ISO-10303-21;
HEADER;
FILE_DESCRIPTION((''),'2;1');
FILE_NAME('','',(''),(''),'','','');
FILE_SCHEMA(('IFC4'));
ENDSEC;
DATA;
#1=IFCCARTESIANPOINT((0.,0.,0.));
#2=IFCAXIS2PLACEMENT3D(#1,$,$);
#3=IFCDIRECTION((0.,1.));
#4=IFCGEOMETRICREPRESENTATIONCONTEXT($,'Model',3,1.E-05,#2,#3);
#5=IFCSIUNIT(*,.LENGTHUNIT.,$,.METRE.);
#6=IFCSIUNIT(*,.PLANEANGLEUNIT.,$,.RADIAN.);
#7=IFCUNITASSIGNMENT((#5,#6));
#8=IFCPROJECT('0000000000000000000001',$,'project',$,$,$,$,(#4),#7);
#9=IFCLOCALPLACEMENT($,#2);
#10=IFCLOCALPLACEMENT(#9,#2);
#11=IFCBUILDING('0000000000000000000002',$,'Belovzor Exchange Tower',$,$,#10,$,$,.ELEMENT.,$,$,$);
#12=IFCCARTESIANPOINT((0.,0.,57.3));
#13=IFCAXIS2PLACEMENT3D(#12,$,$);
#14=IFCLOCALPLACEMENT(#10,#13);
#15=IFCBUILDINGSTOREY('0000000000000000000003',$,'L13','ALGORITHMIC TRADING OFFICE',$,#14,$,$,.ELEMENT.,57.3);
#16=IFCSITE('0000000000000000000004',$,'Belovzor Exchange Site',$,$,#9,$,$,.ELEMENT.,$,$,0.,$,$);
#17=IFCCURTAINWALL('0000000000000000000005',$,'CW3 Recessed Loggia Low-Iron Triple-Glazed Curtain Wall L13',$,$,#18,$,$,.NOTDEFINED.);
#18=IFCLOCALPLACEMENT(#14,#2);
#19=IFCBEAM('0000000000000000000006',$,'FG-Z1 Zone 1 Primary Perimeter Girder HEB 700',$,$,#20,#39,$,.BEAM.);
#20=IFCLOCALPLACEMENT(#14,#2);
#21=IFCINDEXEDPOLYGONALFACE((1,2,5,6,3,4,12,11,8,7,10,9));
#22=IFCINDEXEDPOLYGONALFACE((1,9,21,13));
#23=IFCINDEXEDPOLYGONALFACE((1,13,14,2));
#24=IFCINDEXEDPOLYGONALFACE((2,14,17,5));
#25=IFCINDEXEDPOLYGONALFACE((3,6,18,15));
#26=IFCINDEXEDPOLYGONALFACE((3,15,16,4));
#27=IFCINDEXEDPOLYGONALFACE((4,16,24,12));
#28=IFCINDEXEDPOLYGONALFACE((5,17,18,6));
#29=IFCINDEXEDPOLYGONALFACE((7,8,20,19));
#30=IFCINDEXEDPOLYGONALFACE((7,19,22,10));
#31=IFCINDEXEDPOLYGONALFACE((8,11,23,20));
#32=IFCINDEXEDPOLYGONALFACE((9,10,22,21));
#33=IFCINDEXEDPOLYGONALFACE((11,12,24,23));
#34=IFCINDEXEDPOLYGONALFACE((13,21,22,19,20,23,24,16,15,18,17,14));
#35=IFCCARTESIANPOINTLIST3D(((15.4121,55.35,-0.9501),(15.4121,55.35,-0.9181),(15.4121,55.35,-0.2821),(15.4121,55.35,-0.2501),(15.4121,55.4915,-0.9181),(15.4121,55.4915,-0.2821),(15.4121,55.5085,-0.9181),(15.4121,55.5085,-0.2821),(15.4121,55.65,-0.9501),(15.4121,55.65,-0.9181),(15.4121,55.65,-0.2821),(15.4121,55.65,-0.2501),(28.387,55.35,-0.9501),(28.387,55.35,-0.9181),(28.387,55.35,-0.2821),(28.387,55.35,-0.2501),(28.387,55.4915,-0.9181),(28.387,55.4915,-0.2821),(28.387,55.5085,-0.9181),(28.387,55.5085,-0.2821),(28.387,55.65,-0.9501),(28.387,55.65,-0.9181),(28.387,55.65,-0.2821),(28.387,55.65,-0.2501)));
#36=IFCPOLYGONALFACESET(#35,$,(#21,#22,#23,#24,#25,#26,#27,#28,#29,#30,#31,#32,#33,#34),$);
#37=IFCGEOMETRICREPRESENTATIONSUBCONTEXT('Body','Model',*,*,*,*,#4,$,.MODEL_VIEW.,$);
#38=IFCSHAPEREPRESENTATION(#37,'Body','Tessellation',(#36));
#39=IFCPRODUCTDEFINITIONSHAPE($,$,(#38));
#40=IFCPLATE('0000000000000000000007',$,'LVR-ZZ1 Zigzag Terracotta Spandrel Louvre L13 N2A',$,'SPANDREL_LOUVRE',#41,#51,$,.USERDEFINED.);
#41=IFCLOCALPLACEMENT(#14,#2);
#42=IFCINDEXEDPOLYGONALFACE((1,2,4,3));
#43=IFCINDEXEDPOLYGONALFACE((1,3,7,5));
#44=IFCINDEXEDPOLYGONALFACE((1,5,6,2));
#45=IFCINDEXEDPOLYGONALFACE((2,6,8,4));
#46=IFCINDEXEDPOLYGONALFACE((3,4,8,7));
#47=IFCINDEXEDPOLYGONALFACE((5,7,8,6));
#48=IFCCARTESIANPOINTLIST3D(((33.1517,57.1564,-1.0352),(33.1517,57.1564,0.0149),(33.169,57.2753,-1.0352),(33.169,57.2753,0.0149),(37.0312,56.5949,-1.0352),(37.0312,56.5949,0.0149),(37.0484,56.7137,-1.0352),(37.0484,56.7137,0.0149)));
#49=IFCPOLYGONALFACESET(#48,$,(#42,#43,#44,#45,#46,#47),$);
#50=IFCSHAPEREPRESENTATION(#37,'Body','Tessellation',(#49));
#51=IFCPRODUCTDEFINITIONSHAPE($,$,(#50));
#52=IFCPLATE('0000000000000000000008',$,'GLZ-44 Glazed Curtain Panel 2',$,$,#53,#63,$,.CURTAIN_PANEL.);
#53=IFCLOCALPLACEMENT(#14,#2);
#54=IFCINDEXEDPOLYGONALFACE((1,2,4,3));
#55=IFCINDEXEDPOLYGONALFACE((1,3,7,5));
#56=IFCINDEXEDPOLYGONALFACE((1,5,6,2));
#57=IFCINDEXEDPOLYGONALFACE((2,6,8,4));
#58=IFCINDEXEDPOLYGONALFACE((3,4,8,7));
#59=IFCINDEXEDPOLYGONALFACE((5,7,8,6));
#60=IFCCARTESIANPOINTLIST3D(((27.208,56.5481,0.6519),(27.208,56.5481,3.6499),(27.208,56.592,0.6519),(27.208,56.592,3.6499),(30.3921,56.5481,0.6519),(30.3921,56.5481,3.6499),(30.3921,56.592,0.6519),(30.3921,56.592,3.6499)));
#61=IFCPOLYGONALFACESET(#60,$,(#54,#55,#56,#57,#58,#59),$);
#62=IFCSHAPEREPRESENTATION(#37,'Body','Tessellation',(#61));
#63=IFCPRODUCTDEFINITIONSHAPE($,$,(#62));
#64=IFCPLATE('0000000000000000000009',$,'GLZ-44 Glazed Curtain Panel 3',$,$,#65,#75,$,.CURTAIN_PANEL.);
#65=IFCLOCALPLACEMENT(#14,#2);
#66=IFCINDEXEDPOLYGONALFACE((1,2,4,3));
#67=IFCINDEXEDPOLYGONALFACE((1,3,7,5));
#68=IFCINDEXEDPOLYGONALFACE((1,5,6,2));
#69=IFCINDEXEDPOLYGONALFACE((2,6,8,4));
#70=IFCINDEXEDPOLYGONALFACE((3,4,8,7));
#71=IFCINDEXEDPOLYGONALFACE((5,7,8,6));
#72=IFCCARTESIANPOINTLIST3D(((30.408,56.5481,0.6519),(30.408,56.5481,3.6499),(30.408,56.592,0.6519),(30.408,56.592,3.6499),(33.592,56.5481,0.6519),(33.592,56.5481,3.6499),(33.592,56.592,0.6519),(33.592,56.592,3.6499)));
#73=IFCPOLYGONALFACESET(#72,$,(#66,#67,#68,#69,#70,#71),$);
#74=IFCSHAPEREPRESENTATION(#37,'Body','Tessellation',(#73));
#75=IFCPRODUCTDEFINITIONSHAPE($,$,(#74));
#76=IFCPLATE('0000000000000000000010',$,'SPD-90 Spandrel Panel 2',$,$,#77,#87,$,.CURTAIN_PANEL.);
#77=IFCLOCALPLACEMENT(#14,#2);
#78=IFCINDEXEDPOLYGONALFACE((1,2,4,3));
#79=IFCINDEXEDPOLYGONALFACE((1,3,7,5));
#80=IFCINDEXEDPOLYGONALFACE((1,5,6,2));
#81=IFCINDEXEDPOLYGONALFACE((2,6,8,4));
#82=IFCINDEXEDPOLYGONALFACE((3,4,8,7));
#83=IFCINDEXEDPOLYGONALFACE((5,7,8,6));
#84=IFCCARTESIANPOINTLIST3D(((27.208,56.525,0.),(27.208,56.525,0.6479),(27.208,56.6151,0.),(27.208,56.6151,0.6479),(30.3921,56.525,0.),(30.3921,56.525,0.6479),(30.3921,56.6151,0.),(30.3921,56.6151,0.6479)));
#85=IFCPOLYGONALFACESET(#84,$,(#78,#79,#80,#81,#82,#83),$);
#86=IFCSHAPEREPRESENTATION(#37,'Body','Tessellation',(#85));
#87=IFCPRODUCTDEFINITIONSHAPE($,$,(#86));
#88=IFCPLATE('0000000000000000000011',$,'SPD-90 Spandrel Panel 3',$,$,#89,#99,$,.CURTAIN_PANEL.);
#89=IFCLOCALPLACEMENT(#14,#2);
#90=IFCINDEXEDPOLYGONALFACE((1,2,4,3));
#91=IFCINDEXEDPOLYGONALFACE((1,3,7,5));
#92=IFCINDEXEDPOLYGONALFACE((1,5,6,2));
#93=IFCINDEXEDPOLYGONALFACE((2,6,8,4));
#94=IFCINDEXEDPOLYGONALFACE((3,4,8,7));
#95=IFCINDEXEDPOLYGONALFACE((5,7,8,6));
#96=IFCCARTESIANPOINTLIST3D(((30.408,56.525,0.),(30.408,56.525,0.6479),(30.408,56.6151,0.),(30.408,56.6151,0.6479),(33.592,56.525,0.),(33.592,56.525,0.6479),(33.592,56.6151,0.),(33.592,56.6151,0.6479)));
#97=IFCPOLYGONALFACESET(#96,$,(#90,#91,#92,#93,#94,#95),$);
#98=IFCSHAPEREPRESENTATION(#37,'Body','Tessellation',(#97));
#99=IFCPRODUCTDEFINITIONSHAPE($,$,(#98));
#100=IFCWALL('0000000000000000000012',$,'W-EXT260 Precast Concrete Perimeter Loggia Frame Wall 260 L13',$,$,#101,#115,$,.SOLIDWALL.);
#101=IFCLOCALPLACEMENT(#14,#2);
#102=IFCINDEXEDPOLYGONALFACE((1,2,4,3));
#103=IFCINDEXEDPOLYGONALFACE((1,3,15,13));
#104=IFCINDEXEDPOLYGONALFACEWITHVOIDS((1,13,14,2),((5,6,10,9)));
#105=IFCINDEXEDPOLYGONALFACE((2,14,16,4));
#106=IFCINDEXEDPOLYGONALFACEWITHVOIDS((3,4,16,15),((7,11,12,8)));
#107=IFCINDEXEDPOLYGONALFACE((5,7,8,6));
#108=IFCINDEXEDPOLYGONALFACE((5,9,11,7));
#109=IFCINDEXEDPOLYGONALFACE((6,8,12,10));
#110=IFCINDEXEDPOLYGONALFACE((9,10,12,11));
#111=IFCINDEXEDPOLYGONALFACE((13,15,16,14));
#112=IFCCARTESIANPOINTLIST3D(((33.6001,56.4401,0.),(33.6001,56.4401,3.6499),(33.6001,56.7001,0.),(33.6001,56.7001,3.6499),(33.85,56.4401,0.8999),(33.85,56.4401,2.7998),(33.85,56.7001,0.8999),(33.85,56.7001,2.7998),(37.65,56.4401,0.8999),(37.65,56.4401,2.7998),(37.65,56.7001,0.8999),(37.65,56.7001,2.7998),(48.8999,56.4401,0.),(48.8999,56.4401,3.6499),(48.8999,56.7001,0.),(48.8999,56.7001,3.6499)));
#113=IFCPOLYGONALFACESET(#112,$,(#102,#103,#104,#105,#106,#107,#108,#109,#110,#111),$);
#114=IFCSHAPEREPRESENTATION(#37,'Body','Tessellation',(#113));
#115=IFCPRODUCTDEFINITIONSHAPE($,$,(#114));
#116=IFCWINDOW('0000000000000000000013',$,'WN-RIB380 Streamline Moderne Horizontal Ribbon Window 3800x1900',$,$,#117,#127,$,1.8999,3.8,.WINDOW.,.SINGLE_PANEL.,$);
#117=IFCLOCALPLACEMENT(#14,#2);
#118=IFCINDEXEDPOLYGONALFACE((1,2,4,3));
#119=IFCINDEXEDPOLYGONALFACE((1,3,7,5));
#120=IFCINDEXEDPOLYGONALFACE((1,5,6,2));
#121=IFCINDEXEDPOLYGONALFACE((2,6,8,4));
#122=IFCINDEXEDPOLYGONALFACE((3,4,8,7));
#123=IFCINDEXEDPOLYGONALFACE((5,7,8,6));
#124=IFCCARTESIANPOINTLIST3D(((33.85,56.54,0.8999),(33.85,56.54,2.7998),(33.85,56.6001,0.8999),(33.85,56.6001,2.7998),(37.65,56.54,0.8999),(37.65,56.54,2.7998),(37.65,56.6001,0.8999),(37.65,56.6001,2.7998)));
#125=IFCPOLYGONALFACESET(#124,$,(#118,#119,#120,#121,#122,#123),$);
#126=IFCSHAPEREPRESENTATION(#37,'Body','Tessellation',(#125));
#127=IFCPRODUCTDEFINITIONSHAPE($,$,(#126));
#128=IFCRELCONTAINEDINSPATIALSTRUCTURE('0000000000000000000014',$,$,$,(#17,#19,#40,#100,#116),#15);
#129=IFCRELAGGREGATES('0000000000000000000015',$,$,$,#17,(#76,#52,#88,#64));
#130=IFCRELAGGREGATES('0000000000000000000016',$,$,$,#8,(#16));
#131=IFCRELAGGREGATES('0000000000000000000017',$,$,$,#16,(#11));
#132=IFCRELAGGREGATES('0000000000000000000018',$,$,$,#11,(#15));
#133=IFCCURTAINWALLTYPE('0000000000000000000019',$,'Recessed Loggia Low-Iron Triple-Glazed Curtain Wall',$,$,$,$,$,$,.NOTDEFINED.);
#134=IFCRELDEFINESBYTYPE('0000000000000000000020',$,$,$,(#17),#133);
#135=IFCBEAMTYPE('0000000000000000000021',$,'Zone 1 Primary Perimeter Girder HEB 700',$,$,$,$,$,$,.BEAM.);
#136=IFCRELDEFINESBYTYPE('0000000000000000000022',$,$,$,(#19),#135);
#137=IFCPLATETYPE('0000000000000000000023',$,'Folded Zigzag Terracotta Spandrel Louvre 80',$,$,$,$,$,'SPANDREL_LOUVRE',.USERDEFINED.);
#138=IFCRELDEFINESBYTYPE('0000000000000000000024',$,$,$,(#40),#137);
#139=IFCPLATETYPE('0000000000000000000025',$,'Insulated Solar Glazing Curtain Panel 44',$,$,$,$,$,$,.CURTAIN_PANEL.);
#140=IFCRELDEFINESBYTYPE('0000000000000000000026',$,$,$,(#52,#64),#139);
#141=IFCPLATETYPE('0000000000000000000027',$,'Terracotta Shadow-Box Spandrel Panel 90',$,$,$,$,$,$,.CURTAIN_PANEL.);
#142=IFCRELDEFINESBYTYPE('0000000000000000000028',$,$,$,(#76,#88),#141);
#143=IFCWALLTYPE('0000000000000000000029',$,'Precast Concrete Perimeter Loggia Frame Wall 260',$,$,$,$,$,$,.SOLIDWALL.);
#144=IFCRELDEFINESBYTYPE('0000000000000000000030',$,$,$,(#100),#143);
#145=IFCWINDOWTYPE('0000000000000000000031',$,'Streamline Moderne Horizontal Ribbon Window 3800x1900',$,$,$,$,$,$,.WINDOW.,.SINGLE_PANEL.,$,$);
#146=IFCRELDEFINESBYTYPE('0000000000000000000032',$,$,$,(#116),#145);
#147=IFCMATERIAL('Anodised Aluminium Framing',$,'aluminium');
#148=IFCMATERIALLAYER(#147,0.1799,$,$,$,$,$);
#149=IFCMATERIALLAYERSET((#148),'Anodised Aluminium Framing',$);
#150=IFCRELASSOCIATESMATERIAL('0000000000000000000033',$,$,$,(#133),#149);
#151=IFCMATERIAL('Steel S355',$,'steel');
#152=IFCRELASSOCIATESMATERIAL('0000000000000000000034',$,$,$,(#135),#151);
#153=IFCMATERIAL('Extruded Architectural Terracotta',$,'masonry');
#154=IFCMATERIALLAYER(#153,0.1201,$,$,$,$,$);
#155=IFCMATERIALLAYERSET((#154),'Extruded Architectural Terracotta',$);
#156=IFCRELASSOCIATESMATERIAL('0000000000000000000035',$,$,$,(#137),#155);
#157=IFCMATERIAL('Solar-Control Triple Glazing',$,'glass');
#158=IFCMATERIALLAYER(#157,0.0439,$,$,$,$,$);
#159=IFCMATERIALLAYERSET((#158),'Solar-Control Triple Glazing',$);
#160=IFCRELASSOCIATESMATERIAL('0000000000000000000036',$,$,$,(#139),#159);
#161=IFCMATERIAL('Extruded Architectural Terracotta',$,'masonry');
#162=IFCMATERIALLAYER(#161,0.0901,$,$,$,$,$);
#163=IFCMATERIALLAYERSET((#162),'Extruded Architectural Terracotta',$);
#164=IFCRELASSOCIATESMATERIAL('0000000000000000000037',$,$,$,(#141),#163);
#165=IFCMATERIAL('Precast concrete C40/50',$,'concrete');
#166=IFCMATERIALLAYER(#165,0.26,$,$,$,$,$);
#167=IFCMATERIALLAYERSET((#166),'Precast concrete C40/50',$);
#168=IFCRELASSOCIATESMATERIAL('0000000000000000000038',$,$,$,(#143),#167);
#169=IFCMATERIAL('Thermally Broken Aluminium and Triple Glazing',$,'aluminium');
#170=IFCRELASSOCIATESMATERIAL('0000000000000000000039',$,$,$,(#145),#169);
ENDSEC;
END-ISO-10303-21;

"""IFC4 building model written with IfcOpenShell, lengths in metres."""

from ifc_helpers import new_model, si_unit, direction, frame, frame_2d, origin, origin_2d, place, context, subcontext, project, spatial, rectangle, i_section, extrude, material, layer, layer_set, material_profile, profile_set, type_object, element, fill, aggregate, save


model = new_model("IFC4")

# Units and contexts
model_context = context("Model", 3, precision=1e-05, world=origin(), true_north=direction((0.0, 1.0)))
body_context = subcontext(model_context, "Body", "Model", "MODEL_VIEW")
ifc_project = project(units=[si_unit("LENGTHUNIT", "METRE"), si_unit("PLANEANGLEUNIT", "RADIAN")], contexts=[model_context])

# Site, building, storey
site_placement = place(None, origin())
site = spatial("IfcSite", under=ifc_project, at=site_placement, Name="Belovzor Exchange Site", CompositionType="ELEMENT", RefElevation=0.0)
building_placement = place(site_placement, origin())
building = spatial("IfcBuilding", under=site, at=building_placement, Name="Belovzor Exchange Tower", CompositionType="ELEMENT")
storey_placement = place(building_placement, frame((0.0, 0.0, 57.3)))
storey = spatial("IfcBuildingStorey", under=building, at=storey_placement, Name="L13", Description="ALGORITHMIC TRADING OFFICE", CompositionType="ELEMENT", Elevation=57.3)

# Curtain wall
ifc_material_1 = material(Name="Anodised Aluminium Framing", Category="aluminium")
ifc_layer_1 = layer(ifc_material_1, 0.1799)
ifc_layer_set_1 = layer_set([ifc_layer_1], Name="Anodised Aluminium Framing")
curtain_wall_type = type_object("IfcCurtainWallType", Name="Recessed Loggia Low-Iron Triple-Glazed Curtain Wall", PredefinedType="NOTDEFINED", material=ifc_layer_set_1)
curtain_wall_placement = place(storey_placement, origin())
curtain_wall = element("IfcCurtainWall", 1, at=curtain_wall_placement, inside=storey, type_object=curtain_wall_type, Name="CW3 Recessed Loggia Low-Iron Triple-Glazed Curtain Wall L13", PredefinedType="NOTDEFINED")

# Beam
ifc_material_2 = material(Name="Steel S355", Category="steel")
ifc_material_profile_1 = material_profile(ifc_material_2, i_section(OverallWidth=0.3, OverallDepth=0.7, WebThickness=0.0171, FlangeThickness=0.032, at=origin_2d()))
ifc_profile_set_1 = profile_set([ifc_material_profile_1], Name="Steel S355")
beam_type_1 = type_object("IfcBeamType", Name="Zone 1 Primary Perimeter Girder HEB 700", PredefinedType="BEAM", material=ifc_profile_set_1)
beam_1_placement = place(storey_placement, frame((28.387, 55.5, -0.6001), z_axis=(-1.0, 0.0, 0.0), x_axis=(0.0, -1.0, 0.0)))
element("IfcBeam", 2, at=beam_1_placement, inside=storey, type_object=beam_type_1, Name="FG-Z1 Zone 1 Primary Perimeter Girder HEB 700", PredefinedType="BEAM", context=body_context, shape_type="SweptSolid", body=[
    extrude(i_section(OverallWidth=0.3, OverallDepth=0.7, WebThickness=0.0171, FlangeThickness=0.032, at=origin_2d()), origin(), (0.0, 0.0, 1.0), 12.9749),
])

# Plates
ifc_material_3 = material(Name="Extruded Architectural Terracotta", Category="masonry")
ifc_layer_2 = layer(ifc_material_3, 0.1201)
ifc_layer_set_2 = layer_set([ifc_layer_2], Name="Extruded Architectural Terracotta")
plate_type_1 = type_object("IfcPlateType", Name="Folded Zigzag Terracotta Spandrel Louvre 80", ElementType="SPANDREL_LOUVRE", PredefinedType="USERDEFINED", material=ifc_layer_set_2)
plate_1_placement = place(storey_placement, frame((35.1001, 56.9351, -1.0352), z_axis=(0.0, 0.0, 1.0), x_axis=(0.989686, -0.143251, 0.0)))
element("IfcPlate", 3, at=plate_1_placement, inside=storey, type_object=plate_type_1, Name="LVR-ZZ1 Zigzag Terracotta Spandrel Louvre L13 N2A", ObjectType="SPANDREL_LOUVRE", PredefinedType="USERDEFINED", context=body_context, shape_type="SweptSolid", body=[
    extrude(rectangle(XDim=3.9199, YDim=0.1201, at=origin_2d()), origin(), (0.0, 0.0, 1.0), 1.05),
])
ifc_material_4 = material(Name="Solar-Control Triple Glazing", Category="glass")
ifc_layer_3 = layer(ifc_material_4, 0.0439)
ifc_layer_set_3 = layer_set([ifc_layer_3], Name="Solar-Control Triple Glazing")
plate_type_2 = type_object("IfcPlateType", Name="Insulated Solar Glazing Curtain Panel 44", PredefinedType="CURTAIN_PANEL", material=ifc_layer_set_3)
plate_2_placement = place(storey_placement, frame((28.8, 56.5701, 0.6519), z_axis=(0.0, 0.0, 1.0), x_axis=(1.0, 0.0, 0.0)))
plate_2 = element("IfcPlate", 4, at=plate_2_placement, type_object=plate_type_2, Name="GLZ-44 Glazed Curtain Panel 2", PredefinedType="CURTAIN_PANEL", context=body_context, shape_type="SweptSolid", body=[
    extrude(rectangle(XDim=3.1841, YDim=0.0439, at=origin_2d()), origin(), (0.0, 0.0, 1.0), 2.998),
])
plate_3_placement = place(storey_placement, frame((32.0, 56.5701, 0.6519), z_axis=(0.0, 0.0, 1.0), x_axis=(1.0, 0.0, 0.0)))
plate_3 = element("IfcPlate", 5, at=plate_3_placement, type_object=plate_type_2, Name="GLZ-44 Glazed Curtain Panel 3", PredefinedType="CURTAIN_PANEL", context=body_context, shape_type="SweptSolid", body=[
    extrude(rectangle(XDim=3.1841, YDim=0.0439, at=origin_2d()), origin(), (0.0, 0.0, 1.0), 2.998),
])
ifc_material_5 = material(Name="Extruded Architectural Terracotta", Category="masonry")
ifc_layer_4 = layer(ifc_material_5, 0.0901)
ifc_layer_set_4 = layer_set([ifc_layer_4], Name="Extruded Architectural Terracotta")
plate_type_3 = type_object("IfcPlateType", Name="Terracotta Shadow-Box Spandrel Panel 90", PredefinedType="CURTAIN_PANEL", material=ifc_layer_set_4)
plate_4_placement = place(storey_placement, frame((28.8, 56.5701, 0.0), z_axis=(0.0, 0.0, 1.0), x_axis=(1.0, 0.0, 0.0)))
plate_4 = element("IfcPlate", 6, at=plate_4_placement, type_object=plate_type_3, Name="SPD-90 Spandrel Panel 2", PredefinedType="CURTAIN_PANEL", context=body_context, shape_type="SweptSolid", body=[
    extrude(rectangle(XDim=3.1841, YDim=0.0901, at=origin_2d()), origin(), (0.0, 0.0, 1.0), 0.6479),
])
plate_5_placement = place(storey_placement, frame((32.0, 56.5701, 0.0), z_axis=(0.0, 0.0, 1.0), x_axis=(1.0, 0.0, 0.0)))
plate_5 = element("IfcPlate", 7, at=plate_5_placement, type_object=plate_type_3, Name="SPD-90 Spandrel Panel 3", PredefinedType="CURTAIN_PANEL", context=body_context, shape_type="SweptSolid", body=[
    extrude(rectangle(XDim=3.1841, YDim=0.0901, at=origin_2d()), origin(), (0.0, 0.0, 1.0), 0.6479),
])
aggregate(curtain_wall, [plate_4, plate_2, plate_5, plate_3])

# Wall, opening, window
ifc_material_6 = material(Name="Precast concrete C40/50", Category="concrete")
ifc_layer_5 = layer(ifc_material_6, 0.26)
ifc_layer_set_5 = layer_set([ifc_layer_5], Name="Precast concrete C40/50")
wall_type = type_object("IfcWallType", Name="Precast Concrete Perimeter Loggia Frame Wall 260", PredefinedType="SOLIDWALL", material=ifc_layer_set_5)
wall_placement = place(storey_placement, frame((33.6001, 56.5701, 0.0), z_axis=(0.0, 0.0, 1.0), x_axis=(1.0, 0.0, 0.0)))
wall = element("IfcWall", 8, at=wall_placement, inside=storey, type_object=wall_type, Name="W-EXT260 Precast Concrete Perimeter Loggia Frame Wall 260 L13", PredefinedType="SOLIDWALL", context=body_context, shape_type="SweptSolid", body=[
    extrude(rectangle(XDim=15.2998, YDim=0.26, at=frame_2d((7.6499, 0.0))), origin(), (0.0, 0.0, 1.0), 3.6499),
])
opening_placement = place(wall_placement, frame((0.25, 0.0, 0.8999)))
opening = element("IfcOpeningElement", 9, at=opening_placement, cuts=wall, PredefinedType="OPENING", context=body_context, shape_type="SweptSolid", body=[
    extrude(rectangle(XDim=3.8, YDim=1.8999, at=frame_2d((1.8999, 0.95))), frame((0.0, 0.1399, 0.0), z_axis=(0.0, -1.0, 0.0), x_axis=(1.0, 0.0, 0.0)), (0.0, 0.0, 1.0), 0.28),
])
ifc_material_7 = material(Name="Thermally Broken Aluminium and Triple Glazing", Category="aluminium")
window_type = type_object("IfcWindowType", Name="Streamline Moderne Horizontal Ribbon Window 3800x1900", PartitioningType="SINGLE_PANEL", PredefinedType="WINDOW", material=ifc_material_7)
window_placement = place(opening_placement, origin())
window = element("IfcWindow", 10, at=window_placement, inside=storey, type_object=window_type, Name="WN-RIB380 Streamline Moderne Horizontal Ribbon Window 3800x1900", OverallHeight=1.8999, OverallWidth=3.8, PartitioningType="SINGLE_PANEL", PredefinedType="WINDOW", context=body_context, shape_type="SweptSolid", body=[
    extrude(rectangle(XDim=3.8, YDim=1.8999, at=frame_2d((1.8999, 0.95))), frame((0.0, 0.03, 0.0), z_axis=(0.0, -1.0, 0.0), x_axis=(1.0, 0.0, 0.0)), (0.0, 0.0, 1.0), 0.0601),
])
fill(opening, window)

save(model, "model.ifc")
